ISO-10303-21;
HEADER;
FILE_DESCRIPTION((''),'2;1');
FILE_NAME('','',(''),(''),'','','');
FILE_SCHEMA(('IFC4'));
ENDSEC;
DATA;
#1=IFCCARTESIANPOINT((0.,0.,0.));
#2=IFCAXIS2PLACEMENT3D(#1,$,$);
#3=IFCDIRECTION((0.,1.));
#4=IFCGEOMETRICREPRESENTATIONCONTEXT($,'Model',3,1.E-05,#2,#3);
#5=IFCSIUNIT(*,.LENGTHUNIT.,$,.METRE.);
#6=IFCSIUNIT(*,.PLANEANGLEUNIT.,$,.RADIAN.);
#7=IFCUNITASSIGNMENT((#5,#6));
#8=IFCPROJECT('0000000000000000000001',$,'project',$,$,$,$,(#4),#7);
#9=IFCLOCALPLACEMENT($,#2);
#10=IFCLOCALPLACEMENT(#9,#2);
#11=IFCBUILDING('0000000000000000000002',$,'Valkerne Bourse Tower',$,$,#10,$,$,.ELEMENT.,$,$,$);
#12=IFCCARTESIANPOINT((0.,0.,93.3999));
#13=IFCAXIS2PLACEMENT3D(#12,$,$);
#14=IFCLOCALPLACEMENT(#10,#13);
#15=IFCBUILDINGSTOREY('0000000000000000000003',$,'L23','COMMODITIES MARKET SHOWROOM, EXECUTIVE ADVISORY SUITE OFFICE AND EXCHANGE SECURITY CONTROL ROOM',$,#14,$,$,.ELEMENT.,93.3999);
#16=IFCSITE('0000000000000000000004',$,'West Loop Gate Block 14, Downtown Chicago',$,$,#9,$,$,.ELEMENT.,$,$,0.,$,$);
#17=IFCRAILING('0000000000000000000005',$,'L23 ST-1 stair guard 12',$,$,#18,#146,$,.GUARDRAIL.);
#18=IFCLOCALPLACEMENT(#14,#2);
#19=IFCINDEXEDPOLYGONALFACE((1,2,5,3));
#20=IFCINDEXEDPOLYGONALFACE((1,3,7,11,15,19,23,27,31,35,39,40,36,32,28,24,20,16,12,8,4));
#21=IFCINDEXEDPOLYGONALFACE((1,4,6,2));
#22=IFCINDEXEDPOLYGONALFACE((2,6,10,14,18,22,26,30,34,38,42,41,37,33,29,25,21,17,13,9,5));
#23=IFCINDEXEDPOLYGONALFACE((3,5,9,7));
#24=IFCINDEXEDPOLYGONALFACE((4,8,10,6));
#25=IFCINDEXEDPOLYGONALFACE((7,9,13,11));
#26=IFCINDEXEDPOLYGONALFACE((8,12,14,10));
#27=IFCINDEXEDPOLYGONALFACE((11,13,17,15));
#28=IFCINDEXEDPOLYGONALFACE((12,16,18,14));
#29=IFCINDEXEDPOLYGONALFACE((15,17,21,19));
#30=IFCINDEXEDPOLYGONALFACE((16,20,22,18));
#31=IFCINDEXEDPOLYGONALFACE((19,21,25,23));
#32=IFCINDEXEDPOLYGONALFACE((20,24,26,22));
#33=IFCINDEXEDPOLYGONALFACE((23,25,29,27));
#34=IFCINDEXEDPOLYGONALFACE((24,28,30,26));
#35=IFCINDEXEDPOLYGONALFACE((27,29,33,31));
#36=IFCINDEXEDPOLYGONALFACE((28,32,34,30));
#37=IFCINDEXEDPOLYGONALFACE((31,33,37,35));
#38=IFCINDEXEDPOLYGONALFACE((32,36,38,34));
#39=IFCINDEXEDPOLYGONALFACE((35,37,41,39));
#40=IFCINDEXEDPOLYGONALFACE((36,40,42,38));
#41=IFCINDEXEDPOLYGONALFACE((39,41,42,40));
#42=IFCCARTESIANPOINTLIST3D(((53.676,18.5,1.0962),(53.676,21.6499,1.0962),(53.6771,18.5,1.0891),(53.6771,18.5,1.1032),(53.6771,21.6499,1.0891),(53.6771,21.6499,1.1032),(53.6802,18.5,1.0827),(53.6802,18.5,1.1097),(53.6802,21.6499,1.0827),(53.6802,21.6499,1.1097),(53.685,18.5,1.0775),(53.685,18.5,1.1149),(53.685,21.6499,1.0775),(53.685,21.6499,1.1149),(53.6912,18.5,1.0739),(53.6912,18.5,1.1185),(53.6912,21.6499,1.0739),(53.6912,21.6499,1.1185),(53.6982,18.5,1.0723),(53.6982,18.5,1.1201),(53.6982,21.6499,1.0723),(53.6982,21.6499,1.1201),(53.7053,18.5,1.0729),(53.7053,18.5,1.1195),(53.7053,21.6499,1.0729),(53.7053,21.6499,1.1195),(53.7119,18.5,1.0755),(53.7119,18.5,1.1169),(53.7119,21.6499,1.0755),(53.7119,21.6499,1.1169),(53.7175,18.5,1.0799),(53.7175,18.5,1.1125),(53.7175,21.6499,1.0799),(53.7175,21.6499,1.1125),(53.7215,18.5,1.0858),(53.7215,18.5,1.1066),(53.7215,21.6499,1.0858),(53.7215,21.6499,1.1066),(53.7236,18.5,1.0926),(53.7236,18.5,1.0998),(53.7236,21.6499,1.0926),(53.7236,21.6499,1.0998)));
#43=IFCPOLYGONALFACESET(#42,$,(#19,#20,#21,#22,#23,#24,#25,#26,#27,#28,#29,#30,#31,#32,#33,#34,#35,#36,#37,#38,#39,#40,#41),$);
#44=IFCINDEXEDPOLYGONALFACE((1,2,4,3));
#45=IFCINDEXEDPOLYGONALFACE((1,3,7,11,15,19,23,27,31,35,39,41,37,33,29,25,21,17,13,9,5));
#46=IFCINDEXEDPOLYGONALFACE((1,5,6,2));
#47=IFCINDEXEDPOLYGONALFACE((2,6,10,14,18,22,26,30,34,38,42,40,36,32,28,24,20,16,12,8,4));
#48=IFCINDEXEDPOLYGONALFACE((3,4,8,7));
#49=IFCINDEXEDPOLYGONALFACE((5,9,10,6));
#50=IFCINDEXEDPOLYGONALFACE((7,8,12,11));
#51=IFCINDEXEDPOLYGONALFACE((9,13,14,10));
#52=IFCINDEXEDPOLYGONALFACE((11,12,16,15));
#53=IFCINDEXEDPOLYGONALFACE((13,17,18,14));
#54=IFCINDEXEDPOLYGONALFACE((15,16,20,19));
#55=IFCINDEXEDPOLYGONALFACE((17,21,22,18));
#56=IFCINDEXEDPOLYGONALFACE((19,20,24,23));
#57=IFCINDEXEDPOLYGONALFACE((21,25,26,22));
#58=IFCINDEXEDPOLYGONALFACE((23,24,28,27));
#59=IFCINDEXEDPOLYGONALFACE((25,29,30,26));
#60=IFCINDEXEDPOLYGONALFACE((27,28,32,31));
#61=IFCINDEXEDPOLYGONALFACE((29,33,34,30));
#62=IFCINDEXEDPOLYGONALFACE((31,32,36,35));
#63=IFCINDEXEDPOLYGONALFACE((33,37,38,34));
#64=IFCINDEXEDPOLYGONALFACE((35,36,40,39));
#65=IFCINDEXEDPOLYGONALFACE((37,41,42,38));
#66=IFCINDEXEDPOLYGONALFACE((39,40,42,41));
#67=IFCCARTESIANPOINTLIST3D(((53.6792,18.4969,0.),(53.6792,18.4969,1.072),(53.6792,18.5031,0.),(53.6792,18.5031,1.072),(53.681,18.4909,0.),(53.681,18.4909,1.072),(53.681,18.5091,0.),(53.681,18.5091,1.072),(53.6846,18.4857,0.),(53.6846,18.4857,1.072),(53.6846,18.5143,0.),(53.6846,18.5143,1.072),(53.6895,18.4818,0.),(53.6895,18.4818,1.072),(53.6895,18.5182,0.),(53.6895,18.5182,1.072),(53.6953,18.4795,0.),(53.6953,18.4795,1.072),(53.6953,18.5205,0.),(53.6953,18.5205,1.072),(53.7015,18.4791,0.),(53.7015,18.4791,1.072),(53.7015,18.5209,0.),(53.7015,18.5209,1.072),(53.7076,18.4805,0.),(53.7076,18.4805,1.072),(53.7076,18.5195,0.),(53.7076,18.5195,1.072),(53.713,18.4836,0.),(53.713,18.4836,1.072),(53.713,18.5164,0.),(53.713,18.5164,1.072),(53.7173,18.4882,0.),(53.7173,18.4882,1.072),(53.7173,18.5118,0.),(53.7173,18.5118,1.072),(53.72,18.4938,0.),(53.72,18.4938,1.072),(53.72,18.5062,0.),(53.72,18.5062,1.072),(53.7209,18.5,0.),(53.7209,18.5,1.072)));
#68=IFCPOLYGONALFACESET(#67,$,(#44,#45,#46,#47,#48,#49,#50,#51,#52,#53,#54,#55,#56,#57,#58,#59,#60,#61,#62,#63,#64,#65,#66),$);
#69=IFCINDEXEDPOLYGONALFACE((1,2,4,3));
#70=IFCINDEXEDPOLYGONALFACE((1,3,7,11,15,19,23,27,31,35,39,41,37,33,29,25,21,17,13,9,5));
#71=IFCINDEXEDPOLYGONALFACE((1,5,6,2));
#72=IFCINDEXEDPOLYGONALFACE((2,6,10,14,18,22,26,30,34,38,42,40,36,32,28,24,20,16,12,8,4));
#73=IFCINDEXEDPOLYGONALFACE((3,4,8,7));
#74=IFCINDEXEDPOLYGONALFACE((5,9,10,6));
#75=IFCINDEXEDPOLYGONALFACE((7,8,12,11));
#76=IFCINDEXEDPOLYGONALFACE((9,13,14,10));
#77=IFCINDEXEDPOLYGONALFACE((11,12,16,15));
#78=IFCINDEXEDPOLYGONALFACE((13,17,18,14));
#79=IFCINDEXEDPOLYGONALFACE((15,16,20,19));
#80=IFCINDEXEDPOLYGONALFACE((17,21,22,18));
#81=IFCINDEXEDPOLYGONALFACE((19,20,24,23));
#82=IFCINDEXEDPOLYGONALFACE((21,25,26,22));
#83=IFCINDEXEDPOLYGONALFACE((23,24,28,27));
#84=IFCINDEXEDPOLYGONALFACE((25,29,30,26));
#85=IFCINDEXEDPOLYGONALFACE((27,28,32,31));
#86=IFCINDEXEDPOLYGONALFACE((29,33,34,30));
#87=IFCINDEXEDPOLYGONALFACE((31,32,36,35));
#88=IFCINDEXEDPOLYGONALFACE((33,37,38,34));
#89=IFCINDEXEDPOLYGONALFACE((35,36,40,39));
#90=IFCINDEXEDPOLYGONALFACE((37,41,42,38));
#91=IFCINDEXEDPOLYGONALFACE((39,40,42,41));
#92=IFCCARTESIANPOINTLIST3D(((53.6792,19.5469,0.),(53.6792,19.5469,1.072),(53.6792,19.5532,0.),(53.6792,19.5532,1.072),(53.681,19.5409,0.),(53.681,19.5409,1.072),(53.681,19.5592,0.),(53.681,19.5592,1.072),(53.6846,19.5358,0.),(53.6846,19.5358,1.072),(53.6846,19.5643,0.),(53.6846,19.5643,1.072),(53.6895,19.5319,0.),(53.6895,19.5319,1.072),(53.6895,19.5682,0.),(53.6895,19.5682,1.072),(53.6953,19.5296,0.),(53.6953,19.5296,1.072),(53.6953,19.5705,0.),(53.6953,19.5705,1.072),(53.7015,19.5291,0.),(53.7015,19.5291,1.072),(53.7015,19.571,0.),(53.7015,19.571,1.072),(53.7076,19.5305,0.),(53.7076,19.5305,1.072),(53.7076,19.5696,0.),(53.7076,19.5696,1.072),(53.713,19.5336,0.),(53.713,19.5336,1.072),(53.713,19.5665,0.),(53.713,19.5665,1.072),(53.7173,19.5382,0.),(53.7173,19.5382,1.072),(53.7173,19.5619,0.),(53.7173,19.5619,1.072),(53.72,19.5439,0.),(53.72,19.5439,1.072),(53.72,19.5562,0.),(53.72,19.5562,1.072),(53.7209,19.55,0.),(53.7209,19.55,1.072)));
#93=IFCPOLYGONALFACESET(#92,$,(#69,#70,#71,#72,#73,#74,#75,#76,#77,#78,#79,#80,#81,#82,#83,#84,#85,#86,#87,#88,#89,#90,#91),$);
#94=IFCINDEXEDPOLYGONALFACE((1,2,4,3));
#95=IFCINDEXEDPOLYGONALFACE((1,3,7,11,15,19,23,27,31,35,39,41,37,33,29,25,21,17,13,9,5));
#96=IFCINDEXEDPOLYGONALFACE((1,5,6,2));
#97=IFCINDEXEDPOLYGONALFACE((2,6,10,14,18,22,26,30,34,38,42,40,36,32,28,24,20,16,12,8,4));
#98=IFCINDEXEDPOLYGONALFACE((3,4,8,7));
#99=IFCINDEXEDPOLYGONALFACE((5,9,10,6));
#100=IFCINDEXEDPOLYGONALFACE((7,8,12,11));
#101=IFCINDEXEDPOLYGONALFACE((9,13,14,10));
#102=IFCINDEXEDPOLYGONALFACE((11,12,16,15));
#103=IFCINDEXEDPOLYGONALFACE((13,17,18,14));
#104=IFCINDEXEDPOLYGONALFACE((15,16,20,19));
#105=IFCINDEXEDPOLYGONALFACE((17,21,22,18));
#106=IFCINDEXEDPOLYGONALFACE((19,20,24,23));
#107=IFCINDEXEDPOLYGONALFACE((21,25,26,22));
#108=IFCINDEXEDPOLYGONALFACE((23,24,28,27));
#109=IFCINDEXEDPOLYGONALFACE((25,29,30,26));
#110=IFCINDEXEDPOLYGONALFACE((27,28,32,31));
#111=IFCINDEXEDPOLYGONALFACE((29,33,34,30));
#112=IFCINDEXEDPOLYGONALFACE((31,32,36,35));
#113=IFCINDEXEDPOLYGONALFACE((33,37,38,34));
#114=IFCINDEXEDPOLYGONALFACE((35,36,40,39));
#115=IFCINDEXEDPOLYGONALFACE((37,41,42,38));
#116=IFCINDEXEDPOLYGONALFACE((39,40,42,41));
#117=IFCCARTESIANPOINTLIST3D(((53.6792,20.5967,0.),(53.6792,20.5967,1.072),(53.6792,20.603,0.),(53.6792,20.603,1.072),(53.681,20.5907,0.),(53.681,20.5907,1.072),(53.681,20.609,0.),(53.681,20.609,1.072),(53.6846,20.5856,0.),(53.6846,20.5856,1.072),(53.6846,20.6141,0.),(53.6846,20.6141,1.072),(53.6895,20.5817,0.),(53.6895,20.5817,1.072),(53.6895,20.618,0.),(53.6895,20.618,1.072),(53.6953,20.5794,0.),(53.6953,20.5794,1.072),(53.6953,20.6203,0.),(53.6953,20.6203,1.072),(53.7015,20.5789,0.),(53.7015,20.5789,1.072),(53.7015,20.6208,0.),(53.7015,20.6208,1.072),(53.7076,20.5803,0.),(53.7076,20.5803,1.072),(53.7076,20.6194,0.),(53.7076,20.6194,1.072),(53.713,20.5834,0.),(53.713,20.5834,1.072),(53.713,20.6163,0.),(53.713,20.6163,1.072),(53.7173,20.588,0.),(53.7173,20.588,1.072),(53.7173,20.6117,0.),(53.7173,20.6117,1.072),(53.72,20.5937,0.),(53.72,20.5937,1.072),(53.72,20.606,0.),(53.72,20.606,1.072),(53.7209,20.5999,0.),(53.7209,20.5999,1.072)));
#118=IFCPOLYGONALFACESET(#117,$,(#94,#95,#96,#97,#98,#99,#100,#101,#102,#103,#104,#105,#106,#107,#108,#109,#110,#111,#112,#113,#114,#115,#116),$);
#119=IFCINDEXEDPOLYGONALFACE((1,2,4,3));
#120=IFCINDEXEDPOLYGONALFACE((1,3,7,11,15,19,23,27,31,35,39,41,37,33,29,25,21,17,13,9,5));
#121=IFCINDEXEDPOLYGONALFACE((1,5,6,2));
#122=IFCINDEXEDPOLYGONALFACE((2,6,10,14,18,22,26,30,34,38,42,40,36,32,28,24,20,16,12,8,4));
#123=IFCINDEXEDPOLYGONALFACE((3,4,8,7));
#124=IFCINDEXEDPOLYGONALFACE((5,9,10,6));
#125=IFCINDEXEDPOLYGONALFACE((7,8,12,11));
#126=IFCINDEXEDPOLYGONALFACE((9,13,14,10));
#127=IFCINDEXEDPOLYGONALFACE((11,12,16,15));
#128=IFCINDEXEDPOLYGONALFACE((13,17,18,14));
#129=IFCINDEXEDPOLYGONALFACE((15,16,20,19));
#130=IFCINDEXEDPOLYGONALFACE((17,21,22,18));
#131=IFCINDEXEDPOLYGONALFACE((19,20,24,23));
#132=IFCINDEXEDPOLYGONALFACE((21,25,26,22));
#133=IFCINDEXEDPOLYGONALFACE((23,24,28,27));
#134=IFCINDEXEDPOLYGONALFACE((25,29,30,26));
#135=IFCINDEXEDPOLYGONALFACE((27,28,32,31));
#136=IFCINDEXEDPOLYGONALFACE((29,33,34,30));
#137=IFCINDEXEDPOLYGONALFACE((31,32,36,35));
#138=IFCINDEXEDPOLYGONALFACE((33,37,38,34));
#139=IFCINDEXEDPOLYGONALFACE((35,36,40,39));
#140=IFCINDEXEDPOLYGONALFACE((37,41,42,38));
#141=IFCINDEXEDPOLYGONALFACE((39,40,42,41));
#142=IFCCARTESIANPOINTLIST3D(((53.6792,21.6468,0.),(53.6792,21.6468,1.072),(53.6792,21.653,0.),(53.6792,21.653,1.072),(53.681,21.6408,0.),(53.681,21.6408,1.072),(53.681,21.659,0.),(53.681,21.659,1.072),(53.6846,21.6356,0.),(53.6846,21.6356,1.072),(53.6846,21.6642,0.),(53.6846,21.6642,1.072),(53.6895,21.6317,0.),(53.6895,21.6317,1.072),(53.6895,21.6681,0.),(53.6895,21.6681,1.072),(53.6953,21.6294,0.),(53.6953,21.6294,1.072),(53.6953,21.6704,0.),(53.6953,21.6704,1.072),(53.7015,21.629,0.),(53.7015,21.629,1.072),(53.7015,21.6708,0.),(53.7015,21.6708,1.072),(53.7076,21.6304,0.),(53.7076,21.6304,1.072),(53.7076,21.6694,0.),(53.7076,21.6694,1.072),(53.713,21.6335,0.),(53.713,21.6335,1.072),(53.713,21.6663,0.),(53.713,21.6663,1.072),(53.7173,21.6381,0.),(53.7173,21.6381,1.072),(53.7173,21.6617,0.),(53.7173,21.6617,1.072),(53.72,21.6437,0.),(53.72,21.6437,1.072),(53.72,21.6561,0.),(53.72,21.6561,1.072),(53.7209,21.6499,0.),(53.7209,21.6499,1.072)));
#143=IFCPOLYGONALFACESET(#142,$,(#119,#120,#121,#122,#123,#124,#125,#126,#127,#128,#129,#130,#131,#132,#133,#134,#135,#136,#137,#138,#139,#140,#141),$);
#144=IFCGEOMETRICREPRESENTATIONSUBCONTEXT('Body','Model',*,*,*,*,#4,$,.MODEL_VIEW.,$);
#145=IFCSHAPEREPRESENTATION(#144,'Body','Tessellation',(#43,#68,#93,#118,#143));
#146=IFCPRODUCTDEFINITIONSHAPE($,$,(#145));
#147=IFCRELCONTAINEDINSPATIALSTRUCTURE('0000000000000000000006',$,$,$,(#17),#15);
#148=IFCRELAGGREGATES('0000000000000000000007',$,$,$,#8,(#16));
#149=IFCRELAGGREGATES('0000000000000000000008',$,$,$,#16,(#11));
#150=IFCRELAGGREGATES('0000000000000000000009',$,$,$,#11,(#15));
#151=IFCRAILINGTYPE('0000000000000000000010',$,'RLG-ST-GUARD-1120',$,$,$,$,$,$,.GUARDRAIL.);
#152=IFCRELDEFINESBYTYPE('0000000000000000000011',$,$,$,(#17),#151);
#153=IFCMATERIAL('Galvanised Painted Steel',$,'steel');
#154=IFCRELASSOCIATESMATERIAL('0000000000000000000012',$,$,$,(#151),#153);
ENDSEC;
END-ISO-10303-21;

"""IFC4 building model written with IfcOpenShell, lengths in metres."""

from ifc_helpers import new_model, si_unit, direction, frame, origin, origin_2d, place, context, subcontext, project, spatial, circle, extrude, material, type_object, element, save


model = new_model("IFC4")

# Units and contexts
model_context = context("Model", 3, precision=1e-05, world=origin(), true_north=direction((0.0, 1.0)))
body_context = subcontext(model_context, "Body", "Model", "MODEL_VIEW")
ifc_project = project(units=[si_unit("LENGTHUNIT", "METRE"), si_unit("PLANEANGLEUNIT", "RADIAN")], contexts=[model_context])

# Site, building, storey
site_placement = place(None, origin())
site = spatial("IfcSite", under=ifc_project, at=site_placement, Name="West Loop Gate Block 14, Downtown Chicago", CompositionType="ELEMENT", RefElevation=0.0)
building_placement = place(site_placement, origin())
building = spatial("IfcBuilding", under=site, at=building_placement, Name="Valkerne Bourse Tower", CompositionType="ELEMENT")
storey_placement = place(building_placement, frame((0.0, 0.0, 93.3999)))
storey = spatial("IfcBuildingStorey", under=building, at=storey_placement, Name="L23", Description="COMMODITIES MARKET SHOWROOM, EXECUTIVE ADVISORY SUITE OFFICE AND EXCHANGE SECURITY CONTROL ROOM", CompositionType="ELEMENT", Elevation=93.3999)

# Railing
ifc_material_1 = material(Name="Galvanised Painted Steel", Category="steel")
railing_type = type_object("IfcRailingType", Name="RLG-ST-GUARD-1120", PredefinedType="GUARDRAIL", material=ifc_material_1)
railing_placement = place(storey_placement, frame((53.7, 18.5, 0.0)))
element("IfcRailing", 1, at=railing_placement, inside=storey, type_object=railing_type, Name="L23 ST-1 stair guard 12", PredefinedType="GUARDRAIL", context=body_context, shape_type="SweptSolid", body=[
    extrude(circle(Radius=0.0239, at=origin_2d()), frame((0.0, 0.0, 1.0962), z_axis=(0.0, 1.0, 0.0), x_axis=(-1.0, 0.0, 0.0)), (0.0, 0.0, 1.0), 3.1499),
    extrude(circle(Radius=0.021, at=origin_2d()), origin(), (0.0, 0.0, 1.0), 1.072),
    extrude(circle(Radius=0.021, at=origin_2d()), frame((0.0, 1.05, 0.0)), (0.0, 0.0, 1.0), 1.072),
    extrude(circle(Radius=0.021, at=origin_2d()), frame((0.0, 2.0999, 0.0)), (0.0, 0.0, 1.0), 1.072),
    extrude(circle(Radius=0.021, at=origin_2d()), frame((0.0, 3.1499, 0.0)), (0.0, 0.0, 1.0), 1.072),
])

save(model, "model.ifc")
